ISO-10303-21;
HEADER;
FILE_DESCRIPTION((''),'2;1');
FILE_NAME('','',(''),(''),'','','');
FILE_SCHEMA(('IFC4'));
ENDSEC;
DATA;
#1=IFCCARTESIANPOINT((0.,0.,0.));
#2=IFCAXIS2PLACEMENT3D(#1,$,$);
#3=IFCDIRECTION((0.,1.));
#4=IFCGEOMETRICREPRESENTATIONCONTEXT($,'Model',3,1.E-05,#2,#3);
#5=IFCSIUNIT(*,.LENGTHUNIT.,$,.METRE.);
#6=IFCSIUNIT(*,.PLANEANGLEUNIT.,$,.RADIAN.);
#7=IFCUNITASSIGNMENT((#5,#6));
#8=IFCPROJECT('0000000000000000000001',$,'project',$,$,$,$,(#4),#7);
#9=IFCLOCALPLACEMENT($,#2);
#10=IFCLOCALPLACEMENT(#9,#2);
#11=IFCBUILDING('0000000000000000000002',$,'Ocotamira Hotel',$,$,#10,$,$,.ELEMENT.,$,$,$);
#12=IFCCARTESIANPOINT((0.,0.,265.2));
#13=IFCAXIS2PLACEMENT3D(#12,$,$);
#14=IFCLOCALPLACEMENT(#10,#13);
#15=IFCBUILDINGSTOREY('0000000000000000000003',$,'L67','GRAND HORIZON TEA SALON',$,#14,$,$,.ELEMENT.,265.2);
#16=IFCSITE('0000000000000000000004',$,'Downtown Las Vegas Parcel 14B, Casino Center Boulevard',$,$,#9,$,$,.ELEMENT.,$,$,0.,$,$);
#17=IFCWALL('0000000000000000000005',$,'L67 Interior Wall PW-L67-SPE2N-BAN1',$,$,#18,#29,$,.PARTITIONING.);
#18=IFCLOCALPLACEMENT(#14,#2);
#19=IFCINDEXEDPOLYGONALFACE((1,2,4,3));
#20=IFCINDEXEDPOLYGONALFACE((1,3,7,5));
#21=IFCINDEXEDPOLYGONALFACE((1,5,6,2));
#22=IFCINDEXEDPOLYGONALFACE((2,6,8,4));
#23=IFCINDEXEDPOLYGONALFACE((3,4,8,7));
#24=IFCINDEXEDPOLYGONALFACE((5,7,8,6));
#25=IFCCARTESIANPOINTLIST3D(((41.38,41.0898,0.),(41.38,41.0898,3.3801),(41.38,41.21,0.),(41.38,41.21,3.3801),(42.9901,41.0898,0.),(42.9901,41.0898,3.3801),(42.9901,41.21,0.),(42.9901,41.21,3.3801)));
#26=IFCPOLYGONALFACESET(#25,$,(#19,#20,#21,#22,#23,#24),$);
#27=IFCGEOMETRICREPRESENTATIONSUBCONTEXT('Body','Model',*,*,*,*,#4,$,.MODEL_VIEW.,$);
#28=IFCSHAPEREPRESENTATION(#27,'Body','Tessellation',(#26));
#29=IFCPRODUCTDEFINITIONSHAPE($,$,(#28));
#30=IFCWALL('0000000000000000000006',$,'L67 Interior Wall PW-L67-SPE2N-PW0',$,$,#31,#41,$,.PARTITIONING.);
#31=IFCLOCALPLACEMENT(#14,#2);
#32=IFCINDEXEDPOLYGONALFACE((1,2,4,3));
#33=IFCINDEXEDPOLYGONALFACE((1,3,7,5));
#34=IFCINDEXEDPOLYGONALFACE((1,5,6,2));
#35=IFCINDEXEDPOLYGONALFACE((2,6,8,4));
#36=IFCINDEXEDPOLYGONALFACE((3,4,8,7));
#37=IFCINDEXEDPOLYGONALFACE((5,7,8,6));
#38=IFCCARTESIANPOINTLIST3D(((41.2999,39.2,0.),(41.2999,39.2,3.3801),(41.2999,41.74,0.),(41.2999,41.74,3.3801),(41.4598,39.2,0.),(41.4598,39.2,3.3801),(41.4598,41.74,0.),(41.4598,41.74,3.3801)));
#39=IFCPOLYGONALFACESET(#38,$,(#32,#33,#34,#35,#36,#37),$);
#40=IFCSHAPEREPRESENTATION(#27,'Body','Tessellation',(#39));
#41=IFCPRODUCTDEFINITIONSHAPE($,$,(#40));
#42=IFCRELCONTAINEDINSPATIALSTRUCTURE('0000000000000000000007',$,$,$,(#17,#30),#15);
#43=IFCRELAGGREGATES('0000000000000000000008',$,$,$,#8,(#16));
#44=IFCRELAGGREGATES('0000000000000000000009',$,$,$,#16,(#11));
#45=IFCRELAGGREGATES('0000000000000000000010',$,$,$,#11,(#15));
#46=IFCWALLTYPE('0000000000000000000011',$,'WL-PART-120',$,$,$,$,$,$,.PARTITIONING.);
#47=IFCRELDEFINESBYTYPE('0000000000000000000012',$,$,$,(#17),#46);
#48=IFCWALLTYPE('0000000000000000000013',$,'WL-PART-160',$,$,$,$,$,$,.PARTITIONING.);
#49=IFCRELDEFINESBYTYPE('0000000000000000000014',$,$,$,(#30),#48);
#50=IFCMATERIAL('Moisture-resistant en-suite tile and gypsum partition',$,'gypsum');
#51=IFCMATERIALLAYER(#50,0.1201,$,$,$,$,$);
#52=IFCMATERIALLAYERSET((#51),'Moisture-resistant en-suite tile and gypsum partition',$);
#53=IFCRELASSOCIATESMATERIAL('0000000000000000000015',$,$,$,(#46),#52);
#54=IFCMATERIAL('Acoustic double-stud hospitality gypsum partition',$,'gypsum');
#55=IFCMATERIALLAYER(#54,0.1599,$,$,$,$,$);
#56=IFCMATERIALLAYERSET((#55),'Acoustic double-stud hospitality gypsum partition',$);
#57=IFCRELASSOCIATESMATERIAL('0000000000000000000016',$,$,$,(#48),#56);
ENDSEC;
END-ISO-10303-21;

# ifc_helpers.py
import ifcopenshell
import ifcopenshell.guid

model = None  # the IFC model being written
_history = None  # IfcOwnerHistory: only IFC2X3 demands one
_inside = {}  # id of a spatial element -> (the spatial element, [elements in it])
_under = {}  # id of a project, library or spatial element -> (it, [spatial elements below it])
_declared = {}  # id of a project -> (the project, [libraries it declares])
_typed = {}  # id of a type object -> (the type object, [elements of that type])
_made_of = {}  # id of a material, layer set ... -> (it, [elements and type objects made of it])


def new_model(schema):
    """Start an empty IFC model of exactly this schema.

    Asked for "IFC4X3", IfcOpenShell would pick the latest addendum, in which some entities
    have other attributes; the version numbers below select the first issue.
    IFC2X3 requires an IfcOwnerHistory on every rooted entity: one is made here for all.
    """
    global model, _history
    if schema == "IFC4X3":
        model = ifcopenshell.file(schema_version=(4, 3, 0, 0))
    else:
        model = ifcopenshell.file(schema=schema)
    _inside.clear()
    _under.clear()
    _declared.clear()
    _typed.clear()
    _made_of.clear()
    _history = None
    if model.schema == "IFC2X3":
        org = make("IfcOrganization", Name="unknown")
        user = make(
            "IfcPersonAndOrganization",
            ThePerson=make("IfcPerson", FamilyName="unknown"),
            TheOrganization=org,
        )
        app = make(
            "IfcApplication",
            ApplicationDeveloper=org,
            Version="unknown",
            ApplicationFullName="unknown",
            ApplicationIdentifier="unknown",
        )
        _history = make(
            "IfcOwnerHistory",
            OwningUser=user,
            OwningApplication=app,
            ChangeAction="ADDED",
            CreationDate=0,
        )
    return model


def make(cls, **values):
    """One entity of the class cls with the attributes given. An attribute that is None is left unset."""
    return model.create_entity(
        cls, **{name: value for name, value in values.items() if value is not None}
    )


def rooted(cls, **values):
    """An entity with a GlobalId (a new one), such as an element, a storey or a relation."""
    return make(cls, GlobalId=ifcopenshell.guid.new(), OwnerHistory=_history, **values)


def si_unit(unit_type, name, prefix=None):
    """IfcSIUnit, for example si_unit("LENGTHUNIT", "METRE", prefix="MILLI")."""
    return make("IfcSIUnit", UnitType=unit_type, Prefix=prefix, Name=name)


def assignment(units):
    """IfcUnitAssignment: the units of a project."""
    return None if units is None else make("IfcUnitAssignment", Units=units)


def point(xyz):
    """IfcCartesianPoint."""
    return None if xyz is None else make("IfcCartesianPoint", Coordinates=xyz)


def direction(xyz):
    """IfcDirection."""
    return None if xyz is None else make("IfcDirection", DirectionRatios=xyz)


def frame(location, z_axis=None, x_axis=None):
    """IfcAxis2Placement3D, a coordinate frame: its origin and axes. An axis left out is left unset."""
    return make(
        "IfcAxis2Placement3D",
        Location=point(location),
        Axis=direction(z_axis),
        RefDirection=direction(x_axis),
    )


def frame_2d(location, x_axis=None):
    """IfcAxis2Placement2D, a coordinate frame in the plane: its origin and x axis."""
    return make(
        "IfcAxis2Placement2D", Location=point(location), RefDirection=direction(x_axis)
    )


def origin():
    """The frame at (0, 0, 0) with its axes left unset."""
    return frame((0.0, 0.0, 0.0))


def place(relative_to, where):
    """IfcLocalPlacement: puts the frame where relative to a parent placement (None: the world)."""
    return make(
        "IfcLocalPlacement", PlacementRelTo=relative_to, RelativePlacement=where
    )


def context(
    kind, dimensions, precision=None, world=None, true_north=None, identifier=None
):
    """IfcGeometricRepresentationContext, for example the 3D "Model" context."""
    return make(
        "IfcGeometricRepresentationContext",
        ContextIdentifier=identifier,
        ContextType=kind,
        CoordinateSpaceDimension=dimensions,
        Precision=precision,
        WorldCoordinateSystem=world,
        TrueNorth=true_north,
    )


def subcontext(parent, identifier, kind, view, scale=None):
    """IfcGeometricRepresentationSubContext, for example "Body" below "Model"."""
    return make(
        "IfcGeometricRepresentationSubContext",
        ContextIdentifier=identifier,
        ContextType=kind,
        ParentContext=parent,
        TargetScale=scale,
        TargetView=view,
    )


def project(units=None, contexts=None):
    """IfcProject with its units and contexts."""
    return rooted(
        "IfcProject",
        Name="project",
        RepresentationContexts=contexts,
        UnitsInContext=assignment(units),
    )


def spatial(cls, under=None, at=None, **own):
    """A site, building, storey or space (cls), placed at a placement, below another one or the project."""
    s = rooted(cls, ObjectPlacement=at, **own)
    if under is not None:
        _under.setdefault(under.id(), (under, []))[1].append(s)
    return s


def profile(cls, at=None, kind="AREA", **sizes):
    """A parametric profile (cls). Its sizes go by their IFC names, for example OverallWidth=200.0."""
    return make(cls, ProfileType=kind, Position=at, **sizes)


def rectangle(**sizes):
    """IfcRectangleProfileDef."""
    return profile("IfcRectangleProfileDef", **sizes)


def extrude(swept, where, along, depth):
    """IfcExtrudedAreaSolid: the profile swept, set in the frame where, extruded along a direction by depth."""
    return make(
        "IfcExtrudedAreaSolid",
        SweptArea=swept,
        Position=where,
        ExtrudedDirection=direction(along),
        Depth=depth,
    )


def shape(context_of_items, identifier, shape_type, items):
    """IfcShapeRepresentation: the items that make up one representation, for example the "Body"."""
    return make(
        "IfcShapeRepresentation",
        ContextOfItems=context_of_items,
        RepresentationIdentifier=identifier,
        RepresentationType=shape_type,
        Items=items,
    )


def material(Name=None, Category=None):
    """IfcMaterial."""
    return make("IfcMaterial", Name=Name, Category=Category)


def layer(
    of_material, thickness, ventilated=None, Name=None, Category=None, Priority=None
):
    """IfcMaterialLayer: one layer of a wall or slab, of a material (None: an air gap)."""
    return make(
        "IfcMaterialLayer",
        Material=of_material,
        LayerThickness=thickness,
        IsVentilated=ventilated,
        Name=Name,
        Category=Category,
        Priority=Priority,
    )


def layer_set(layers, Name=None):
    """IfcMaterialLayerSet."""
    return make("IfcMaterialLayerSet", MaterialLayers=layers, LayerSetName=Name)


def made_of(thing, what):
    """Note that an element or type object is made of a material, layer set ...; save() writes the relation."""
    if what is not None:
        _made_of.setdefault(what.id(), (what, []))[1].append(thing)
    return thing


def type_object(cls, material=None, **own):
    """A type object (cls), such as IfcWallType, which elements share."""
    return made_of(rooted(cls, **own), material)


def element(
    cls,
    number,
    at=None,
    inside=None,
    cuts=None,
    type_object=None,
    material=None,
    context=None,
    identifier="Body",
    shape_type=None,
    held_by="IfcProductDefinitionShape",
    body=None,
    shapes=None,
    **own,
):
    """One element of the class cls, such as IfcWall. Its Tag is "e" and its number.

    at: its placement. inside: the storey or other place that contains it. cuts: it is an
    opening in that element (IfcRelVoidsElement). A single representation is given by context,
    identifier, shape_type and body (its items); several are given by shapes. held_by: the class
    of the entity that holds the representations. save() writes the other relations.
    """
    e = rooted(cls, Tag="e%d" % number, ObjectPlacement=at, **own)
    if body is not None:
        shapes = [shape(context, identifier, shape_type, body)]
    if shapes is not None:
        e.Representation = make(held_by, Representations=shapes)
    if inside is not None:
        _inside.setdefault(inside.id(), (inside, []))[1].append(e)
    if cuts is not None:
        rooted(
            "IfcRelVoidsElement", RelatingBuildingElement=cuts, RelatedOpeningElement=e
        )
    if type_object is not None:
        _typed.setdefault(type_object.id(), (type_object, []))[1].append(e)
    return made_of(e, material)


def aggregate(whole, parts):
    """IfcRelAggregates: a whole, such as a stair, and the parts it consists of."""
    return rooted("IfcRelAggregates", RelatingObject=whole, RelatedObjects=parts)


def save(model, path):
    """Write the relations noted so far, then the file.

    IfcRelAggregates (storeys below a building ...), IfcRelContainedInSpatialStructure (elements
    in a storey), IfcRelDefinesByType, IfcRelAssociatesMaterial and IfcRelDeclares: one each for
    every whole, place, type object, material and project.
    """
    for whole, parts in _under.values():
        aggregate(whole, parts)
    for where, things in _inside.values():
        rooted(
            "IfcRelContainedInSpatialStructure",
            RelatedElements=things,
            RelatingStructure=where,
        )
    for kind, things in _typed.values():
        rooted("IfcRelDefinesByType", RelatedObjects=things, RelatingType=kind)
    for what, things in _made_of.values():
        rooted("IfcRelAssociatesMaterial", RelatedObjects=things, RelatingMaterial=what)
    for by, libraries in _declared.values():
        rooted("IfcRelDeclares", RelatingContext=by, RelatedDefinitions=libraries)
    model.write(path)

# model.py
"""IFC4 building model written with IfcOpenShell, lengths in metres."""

from ifc_helpers import new_model, si_unit, direction, frame, frame_2d, origin, place, context, subcontext, project, spatial, rectangle, extrude, material, layer, layer_set, type_object, element, save


model = new_model("IFC4")

# Units and contexts
model_context = context("Model", 3, precision=1e-05, world=origin(), true_north=direction((0.0, 1.0)))
body_context = subcontext(model_context, "Body", "Model", "MODEL_VIEW")
ifc_project = project(units=[si_unit("LENGTHUNIT", "METRE"), si_unit("PLANEANGLEUNIT", "RADIAN")], contexts=[model_context])

# Site, building, storey
site_placement = place(None, origin())
site = spatial("IfcSite", under=ifc_project, at=site_placement, Name="Downtown Las Vegas Parcel 14B, Casino Center Boulevard", CompositionType="ELEMENT", RefElevation=0.0)
building_placement = place(site_placement, origin())
building = spatial("IfcBuilding", under=site, at=building_placement, Name="Ocotamira Hotel", CompositionType="ELEMENT")
storey_placement = place(building_placement, frame((0.0, 0.0, 265.2)))
storey = spatial("IfcBuildingStorey", under=building, at=storey_placement, Name="L67", Description="GRAND HORIZON TEA SALON", CompositionType="ELEMENT", Elevation=265.2)

# Shared definitions
ifc_material_1 = material(Name="Moisture-resistant en-suite tile and gypsum partition", Category="gypsum")
ifc_layer_1 = layer(ifc_material_1, 0.1201)
ifc_layer_set_1 = layer_set([ifc_layer_1], Name="Moisture-resistant en-suite tile and gypsum partition")
wall_type_1 = type_object("IfcWallType", Name="WL-PART-120", PredefinedType="PARTITIONING", material=ifc_layer_set_1)

# Walls
wall_1_placement = place(storey_placement, frame((41.3799, 41.1499, 0.0), z_axis=(0.0, 0.0, 1.0), x_axis=(1.0, 0.0, 0.0)))
element("IfcWall", 1, at=wall_1_placement, inside=storey, type_object=wall_type_1, Name="L67 Interior Wall PW-L67-SPE2N-BAN1", PredefinedType="PARTITIONING", context=body_context, shape_type="SweptSolid", body=[
    extrude(rectangle(XDim=1.6101, YDim=0.1201, at=frame_2d((0.8052, 0.0))), origin(), (0.0, 0.0, 1.0), 3.3801),
])
ifc_material_2 = material(Name="Acoustic double-stud hospitality gypsum partition", Category="gypsum")
ifc_layer_2 = layer(ifc_material_2, 0.1599)
ifc_layer_set_2 = layer_set([ifc_layer_2], Name="Acoustic double-stud hospitality gypsum partition")
wall_type_2 = type_object("IfcWallType", Name="WL-PART-160", PredefinedType="PARTITIONING", material=ifc_layer_set_2)
wall_2_placement = place(storey_placement, frame((41.3799, 39.2, 0.0), z_axis=(0.0, 0.0, 1.0), x_axis=(0.0, 1.0, 0.0)))
element("IfcWall", 2, at=wall_2_placement, inside=storey, type_object=wall_type_2, Name="L67 Interior Wall PW-L67-SPE2N-PW0", PredefinedType="PARTITIONING", context=body_context, shape_type="SweptSolid", body=[
    extrude(rectangle(XDim=2.54, YDim=0.1599, at=frame_2d((1.27, 0.0))), origin(), (0.0, 0.0, 1.0), 3.3801),
])

save(model, "model.ifc")
